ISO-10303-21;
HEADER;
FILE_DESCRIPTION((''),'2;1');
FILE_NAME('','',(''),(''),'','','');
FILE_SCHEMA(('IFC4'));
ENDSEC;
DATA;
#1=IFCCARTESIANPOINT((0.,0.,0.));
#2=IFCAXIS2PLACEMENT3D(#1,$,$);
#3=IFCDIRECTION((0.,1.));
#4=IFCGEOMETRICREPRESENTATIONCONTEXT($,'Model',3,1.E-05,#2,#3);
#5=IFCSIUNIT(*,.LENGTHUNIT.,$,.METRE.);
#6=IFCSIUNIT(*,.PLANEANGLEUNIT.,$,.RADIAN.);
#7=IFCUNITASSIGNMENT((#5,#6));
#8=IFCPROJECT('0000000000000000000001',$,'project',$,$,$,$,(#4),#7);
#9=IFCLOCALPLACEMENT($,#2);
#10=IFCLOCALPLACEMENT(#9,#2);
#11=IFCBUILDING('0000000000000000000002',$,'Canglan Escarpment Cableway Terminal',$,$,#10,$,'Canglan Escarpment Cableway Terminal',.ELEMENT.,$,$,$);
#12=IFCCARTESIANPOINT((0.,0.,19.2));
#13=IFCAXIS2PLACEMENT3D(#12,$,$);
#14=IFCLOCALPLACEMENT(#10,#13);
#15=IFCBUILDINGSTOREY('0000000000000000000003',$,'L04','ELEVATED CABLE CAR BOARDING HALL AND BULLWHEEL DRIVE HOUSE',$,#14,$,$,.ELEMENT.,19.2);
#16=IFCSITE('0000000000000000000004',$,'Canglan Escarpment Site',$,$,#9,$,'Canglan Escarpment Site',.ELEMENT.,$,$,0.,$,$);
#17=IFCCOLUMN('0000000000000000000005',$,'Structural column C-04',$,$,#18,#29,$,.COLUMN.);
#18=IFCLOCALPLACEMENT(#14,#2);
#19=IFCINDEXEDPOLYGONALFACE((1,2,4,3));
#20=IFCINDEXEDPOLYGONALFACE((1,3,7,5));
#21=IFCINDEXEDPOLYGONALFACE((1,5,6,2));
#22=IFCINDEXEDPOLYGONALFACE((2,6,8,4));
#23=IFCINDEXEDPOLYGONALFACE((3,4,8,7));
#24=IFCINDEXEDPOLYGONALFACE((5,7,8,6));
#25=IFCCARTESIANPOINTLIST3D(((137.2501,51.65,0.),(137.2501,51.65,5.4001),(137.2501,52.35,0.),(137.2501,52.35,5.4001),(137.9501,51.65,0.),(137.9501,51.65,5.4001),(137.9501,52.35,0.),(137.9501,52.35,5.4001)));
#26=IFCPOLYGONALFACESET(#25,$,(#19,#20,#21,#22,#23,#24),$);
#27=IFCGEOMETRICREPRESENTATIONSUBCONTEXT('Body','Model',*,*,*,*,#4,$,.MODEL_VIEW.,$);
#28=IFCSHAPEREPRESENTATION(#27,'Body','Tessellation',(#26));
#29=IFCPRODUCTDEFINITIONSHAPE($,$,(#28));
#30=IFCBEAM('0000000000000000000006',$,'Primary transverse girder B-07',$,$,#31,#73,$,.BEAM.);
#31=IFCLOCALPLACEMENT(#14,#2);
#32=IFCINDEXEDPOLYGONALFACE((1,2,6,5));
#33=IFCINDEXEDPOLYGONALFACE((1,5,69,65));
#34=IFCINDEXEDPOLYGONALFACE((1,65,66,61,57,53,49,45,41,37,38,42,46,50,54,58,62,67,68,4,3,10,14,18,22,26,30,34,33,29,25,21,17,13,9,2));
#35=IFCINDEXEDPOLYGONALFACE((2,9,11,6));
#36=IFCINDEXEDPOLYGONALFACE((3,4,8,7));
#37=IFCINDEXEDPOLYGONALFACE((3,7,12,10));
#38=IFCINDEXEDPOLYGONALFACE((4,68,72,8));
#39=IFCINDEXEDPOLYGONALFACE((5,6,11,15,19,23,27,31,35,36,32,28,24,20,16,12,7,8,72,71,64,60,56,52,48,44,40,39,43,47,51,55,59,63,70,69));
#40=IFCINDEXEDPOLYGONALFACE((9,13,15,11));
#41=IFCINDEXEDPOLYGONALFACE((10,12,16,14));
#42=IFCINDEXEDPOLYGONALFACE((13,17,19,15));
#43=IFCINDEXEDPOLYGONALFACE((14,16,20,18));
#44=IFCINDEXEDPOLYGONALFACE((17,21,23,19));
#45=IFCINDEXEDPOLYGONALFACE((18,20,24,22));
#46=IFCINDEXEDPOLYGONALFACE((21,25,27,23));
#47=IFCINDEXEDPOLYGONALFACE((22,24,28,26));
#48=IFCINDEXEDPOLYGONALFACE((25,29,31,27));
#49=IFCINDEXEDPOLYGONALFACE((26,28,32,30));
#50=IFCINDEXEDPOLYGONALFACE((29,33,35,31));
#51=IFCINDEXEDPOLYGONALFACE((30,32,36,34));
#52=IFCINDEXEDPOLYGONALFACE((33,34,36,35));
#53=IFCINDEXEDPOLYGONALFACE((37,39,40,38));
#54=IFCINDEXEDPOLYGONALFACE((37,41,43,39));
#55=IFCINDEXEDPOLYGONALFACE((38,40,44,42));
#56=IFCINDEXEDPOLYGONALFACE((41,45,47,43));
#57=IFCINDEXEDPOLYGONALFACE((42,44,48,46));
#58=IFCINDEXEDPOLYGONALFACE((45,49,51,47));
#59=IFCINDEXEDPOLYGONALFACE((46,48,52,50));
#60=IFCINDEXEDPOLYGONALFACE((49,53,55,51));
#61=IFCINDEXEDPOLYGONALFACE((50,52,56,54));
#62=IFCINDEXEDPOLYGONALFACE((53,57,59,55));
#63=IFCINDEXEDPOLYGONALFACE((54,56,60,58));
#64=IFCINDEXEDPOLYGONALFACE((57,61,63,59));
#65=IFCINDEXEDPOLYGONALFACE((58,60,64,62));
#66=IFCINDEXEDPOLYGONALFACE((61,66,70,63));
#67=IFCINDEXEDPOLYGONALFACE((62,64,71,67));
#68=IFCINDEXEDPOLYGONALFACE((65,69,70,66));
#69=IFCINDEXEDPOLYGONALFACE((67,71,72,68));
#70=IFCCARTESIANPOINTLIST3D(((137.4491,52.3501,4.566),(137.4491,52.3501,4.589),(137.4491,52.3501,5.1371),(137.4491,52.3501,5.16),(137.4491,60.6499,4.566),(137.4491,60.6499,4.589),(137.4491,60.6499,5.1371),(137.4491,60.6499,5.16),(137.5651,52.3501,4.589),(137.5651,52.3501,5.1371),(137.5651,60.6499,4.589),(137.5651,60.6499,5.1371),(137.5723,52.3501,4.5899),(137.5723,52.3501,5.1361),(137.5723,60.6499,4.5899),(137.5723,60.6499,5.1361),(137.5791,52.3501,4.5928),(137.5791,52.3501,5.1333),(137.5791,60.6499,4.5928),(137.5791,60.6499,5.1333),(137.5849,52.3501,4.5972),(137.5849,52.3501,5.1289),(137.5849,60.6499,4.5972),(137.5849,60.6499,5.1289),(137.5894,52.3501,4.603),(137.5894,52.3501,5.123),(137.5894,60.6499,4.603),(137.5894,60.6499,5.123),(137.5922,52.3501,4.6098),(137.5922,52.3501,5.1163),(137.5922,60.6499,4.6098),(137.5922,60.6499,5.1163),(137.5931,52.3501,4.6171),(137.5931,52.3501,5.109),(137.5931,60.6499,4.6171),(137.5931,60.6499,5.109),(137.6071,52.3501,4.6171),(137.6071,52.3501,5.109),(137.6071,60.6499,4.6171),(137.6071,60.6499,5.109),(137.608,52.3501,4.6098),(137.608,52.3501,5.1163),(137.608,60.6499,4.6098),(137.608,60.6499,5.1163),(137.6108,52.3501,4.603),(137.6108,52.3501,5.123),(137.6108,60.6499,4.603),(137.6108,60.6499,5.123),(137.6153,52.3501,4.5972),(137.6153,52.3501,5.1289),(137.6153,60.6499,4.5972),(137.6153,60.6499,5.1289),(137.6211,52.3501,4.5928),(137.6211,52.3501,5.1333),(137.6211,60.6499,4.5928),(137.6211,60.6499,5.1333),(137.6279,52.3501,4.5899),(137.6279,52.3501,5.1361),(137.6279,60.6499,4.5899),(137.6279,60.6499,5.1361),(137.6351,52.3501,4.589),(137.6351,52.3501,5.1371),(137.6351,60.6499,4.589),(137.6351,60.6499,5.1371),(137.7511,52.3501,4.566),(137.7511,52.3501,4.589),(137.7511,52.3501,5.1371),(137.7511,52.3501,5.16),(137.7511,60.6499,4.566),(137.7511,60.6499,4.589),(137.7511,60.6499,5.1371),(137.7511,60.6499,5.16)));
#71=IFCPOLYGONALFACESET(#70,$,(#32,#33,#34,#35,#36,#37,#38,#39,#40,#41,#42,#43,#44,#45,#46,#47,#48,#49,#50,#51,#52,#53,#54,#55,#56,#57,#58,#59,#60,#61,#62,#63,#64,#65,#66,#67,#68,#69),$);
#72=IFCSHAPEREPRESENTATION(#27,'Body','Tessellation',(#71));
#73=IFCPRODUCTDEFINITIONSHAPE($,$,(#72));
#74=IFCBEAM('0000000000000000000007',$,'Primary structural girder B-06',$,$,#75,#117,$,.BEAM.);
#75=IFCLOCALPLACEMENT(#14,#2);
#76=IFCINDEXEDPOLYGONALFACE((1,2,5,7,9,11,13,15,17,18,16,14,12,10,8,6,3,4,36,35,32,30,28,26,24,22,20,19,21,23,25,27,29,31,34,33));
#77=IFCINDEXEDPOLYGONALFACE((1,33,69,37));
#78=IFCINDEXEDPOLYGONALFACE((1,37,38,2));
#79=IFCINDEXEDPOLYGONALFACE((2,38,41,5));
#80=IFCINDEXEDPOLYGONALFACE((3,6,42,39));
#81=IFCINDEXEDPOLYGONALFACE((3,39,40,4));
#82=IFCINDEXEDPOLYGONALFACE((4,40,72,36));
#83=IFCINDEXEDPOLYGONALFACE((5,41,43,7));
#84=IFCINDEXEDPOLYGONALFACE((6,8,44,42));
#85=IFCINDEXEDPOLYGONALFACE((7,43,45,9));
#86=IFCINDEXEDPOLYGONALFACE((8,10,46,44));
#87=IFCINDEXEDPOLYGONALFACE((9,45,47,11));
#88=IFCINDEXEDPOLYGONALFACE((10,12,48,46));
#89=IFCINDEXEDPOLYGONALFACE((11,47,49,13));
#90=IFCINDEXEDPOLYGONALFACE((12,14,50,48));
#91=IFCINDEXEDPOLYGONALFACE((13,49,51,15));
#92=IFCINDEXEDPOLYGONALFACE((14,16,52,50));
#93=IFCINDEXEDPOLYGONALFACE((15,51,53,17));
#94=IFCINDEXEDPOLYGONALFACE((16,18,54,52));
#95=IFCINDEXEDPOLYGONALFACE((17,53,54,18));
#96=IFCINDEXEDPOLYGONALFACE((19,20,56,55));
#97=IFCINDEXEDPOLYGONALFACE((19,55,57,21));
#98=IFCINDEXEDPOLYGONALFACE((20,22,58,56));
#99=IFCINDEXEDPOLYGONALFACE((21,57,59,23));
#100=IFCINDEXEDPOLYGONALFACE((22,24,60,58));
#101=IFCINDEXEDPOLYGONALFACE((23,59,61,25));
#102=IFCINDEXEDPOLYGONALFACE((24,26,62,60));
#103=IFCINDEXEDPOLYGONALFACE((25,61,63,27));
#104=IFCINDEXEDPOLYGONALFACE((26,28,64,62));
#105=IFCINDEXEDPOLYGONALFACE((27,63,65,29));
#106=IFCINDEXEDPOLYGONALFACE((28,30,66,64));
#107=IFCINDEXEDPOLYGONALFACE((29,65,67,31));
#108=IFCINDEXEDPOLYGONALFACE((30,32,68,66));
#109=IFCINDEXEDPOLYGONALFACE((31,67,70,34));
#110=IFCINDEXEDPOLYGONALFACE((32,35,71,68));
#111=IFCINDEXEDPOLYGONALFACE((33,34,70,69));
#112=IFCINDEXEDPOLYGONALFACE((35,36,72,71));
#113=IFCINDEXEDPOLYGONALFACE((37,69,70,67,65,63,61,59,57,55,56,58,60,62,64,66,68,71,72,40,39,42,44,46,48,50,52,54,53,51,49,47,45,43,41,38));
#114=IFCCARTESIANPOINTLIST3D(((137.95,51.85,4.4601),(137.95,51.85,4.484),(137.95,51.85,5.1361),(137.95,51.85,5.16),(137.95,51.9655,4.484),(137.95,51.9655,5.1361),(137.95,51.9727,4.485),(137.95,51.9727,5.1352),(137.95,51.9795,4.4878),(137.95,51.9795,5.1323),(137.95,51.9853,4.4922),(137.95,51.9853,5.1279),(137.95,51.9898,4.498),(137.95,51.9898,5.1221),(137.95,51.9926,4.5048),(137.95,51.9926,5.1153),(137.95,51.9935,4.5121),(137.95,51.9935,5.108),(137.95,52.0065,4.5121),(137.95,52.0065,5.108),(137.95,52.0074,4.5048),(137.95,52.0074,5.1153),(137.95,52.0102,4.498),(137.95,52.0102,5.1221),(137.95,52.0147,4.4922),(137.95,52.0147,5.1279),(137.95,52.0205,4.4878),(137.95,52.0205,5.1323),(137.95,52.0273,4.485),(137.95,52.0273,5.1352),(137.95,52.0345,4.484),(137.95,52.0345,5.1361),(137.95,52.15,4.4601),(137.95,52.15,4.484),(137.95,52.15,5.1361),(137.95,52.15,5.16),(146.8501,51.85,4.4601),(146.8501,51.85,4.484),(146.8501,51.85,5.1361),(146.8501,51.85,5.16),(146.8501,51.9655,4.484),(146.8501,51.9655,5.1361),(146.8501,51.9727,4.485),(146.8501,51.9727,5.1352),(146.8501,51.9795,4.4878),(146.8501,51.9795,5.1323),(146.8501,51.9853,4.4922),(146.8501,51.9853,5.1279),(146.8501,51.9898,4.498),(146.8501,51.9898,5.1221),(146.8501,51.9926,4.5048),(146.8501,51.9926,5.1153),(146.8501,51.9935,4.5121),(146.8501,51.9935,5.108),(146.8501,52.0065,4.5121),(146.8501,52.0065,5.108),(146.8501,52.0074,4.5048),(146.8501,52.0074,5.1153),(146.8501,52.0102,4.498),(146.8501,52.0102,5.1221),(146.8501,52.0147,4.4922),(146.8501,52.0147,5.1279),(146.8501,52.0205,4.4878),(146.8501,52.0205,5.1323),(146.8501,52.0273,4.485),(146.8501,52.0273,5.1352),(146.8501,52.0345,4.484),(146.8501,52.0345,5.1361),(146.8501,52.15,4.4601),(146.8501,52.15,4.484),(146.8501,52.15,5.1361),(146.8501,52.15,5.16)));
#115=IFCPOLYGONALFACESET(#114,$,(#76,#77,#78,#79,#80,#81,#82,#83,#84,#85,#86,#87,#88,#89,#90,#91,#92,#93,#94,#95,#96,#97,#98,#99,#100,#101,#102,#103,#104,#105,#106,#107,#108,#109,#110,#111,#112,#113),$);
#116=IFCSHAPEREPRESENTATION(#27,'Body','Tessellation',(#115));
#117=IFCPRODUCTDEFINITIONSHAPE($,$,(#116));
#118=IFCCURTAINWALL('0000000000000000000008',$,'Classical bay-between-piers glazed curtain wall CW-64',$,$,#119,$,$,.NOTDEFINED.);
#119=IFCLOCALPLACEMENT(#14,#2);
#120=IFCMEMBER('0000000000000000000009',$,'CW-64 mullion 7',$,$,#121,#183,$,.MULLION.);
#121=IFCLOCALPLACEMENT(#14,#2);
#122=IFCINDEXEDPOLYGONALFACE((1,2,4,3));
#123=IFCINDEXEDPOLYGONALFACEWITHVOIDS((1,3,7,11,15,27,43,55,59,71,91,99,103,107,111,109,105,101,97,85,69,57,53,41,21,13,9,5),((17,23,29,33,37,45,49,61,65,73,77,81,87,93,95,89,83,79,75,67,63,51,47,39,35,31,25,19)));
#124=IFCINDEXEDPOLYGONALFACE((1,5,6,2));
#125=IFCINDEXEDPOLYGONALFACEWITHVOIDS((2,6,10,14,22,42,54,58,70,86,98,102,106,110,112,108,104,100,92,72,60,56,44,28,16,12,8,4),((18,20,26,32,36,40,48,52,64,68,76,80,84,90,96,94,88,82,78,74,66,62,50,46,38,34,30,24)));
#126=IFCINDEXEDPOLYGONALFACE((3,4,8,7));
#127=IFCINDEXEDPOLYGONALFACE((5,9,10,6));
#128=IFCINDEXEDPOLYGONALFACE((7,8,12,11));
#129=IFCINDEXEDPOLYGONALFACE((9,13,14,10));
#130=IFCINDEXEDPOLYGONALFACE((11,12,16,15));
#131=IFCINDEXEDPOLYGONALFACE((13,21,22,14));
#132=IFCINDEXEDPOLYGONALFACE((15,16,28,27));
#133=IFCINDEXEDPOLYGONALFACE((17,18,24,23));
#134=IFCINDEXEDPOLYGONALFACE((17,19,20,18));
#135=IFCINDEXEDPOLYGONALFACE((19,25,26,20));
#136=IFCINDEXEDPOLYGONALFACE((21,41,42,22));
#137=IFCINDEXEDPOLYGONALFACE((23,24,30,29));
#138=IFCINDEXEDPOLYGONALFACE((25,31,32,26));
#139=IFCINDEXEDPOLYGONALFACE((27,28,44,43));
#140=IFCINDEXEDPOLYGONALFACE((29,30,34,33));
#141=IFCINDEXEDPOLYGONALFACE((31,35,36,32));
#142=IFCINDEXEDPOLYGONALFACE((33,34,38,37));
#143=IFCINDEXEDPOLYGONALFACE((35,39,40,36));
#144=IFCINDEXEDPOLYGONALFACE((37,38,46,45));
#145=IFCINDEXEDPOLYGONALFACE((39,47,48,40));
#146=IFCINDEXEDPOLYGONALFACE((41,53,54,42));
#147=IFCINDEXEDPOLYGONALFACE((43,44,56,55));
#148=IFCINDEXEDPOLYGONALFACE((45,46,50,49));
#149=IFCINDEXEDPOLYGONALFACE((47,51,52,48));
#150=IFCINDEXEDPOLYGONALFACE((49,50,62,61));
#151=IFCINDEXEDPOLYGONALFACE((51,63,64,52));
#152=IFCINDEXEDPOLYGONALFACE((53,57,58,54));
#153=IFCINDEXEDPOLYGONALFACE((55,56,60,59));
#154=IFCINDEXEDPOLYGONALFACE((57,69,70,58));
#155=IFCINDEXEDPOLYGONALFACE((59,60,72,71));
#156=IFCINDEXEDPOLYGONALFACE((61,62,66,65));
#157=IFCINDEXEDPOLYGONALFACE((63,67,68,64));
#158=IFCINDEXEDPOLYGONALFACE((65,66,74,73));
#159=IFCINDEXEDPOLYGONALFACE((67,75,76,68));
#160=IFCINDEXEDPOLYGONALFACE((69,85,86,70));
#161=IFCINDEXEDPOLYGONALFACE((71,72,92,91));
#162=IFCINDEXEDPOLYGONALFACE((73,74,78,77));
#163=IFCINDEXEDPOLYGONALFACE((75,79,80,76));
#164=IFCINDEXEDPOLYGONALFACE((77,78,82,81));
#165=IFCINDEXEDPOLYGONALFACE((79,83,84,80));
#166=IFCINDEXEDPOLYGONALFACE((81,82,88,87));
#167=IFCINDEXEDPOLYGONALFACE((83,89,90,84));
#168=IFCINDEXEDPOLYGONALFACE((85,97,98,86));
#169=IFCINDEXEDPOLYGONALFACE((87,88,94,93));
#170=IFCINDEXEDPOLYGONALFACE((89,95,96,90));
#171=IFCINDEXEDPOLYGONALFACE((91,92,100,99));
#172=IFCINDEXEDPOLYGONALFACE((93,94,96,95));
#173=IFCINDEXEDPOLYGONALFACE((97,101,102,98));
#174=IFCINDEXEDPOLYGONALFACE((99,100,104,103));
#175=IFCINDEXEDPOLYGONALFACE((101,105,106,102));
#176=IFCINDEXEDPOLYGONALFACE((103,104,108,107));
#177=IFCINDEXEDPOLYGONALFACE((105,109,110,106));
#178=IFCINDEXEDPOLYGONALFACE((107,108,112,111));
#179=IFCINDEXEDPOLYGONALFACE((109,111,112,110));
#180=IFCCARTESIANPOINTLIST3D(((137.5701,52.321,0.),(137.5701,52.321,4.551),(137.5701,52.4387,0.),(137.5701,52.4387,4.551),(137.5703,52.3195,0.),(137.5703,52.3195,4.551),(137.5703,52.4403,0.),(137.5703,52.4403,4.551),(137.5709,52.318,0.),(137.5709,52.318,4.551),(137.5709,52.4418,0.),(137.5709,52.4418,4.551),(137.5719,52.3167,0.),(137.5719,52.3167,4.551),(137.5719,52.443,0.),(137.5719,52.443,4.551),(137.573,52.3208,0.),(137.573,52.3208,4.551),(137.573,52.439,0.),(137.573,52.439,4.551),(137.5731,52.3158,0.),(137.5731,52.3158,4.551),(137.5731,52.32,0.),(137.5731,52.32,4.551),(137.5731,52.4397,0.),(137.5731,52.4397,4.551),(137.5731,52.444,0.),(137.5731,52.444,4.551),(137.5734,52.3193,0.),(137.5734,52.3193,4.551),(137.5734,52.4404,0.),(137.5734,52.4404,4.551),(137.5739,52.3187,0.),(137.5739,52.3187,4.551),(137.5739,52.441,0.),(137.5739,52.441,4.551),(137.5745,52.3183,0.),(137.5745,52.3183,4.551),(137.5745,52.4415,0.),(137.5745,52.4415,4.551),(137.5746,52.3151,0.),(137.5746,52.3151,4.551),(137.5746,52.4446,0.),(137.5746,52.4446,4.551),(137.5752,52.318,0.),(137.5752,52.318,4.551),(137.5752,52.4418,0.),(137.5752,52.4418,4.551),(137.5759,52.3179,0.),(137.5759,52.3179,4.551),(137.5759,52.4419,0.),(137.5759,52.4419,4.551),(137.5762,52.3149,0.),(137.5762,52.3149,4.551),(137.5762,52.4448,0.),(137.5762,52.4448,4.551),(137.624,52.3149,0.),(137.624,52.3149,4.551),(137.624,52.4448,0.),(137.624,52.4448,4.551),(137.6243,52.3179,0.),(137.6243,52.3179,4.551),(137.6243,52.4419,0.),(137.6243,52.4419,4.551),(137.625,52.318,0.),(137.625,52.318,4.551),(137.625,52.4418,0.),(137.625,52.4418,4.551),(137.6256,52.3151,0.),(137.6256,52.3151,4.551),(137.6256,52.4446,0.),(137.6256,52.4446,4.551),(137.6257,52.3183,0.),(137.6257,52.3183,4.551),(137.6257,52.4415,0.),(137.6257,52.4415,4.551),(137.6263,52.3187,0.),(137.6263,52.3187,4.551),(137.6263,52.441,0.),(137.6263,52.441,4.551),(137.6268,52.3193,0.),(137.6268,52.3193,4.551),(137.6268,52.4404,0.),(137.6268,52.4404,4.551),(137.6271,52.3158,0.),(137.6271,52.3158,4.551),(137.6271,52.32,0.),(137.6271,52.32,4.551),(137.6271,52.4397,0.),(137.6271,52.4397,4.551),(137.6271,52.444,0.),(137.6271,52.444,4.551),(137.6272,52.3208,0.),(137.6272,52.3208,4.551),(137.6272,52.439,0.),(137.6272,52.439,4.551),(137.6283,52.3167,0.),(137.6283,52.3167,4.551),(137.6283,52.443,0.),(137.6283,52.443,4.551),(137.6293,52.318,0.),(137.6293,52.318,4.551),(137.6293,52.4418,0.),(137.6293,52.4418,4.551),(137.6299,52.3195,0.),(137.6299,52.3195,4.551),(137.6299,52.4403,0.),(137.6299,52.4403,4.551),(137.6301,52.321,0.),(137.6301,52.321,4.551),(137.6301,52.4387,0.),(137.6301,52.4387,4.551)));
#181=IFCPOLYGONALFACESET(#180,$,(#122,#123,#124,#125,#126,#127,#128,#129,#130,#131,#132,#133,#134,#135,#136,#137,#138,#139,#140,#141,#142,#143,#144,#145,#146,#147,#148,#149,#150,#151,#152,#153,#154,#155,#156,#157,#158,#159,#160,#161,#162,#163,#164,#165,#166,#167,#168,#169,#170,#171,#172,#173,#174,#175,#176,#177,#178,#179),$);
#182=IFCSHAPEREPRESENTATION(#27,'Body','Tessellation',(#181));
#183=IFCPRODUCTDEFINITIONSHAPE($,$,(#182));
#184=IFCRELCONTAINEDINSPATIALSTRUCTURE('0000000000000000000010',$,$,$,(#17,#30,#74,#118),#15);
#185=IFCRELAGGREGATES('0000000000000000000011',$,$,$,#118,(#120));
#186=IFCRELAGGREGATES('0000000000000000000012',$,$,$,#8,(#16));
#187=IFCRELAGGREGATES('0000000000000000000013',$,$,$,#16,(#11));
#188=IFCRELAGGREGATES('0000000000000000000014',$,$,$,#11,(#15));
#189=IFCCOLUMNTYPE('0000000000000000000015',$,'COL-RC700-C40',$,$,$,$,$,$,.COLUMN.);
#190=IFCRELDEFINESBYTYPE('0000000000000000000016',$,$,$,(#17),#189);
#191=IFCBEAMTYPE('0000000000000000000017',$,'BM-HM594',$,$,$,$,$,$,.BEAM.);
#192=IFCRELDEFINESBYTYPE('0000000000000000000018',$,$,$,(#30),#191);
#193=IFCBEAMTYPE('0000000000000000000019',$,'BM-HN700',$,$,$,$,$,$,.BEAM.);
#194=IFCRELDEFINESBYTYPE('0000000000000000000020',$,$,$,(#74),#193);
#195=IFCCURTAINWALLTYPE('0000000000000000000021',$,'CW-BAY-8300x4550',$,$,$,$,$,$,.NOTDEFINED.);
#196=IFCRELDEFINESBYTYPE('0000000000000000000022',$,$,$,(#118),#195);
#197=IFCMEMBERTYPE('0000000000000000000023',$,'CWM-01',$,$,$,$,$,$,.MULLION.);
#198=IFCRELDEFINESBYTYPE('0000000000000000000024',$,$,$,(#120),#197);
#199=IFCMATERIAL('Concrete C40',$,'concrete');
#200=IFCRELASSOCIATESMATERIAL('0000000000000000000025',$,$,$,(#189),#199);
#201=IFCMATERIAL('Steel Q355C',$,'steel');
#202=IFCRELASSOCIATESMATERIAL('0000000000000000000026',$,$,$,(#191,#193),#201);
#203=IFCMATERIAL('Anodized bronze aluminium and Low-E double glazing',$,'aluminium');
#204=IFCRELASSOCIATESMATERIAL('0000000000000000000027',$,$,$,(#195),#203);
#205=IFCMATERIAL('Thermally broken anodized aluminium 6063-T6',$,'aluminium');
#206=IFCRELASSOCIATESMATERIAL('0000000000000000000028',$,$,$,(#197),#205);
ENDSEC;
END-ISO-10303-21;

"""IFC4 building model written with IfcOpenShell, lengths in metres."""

from ifc_helpers import new_model, si_unit, direction, frame, origin, origin_2d, place, context, subcontext, project, spatial, rectangle, hollow_rectangle, i_section, extrude, material, material_profile, profile_set, type_object, element, aggregate, save


model = new_model("IFC4")

# Units and contexts
model_context = context("Model", 3, precision=1e-05, world=origin(), true_north=direction((0.0, 1.0)))
body_context = subcontext(model_context, "Body", "Model", "MODEL_VIEW")
ifc_project = project(units=[si_unit("LENGTHUNIT", "METRE"), si_unit("PLANEANGLEUNIT", "RADIAN")], contexts=[model_context])

# Site, building, storey
site_placement = place(None, origin())
site = spatial("IfcSite", under=ifc_project, at=site_placement, Name="Canglan Escarpment Site", LongName="Canglan Escarpment Site", CompositionType="ELEMENT", RefElevation=0.0)
building_placement = place(site_placement, origin())
building = spatial("IfcBuilding", under=site, at=building_placement, Name="Canglan Escarpment Cableway Terminal", LongName="Canglan Escarpment Cableway Terminal", CompositionType="ELEMENT")
storey_placement = place(building_placement, frame((0.0, 0.0, 19.2)))
storey = spatial("IfcBuildingStorey", under=building, at=storey_placement, Name="L04", Description="ELEVATED CABLE CAR BOARDING HALL AND BULLWHEEL DRIVE HOUSE", CompositionType="ELEMENT", Elevation=19.2)

# Column
ifc_material_1 = material(Name="Concrete C40", Category="concrete")
ifc_material_profile_1 = material_profile(ifc_material_1, rectangle(XDim=0.7, YDim=0.7, at=origin_2d()), Name="RC 700x700")
ifc_profile_set_1 = profile_set([ifc_material_profile_1], Name="Concrete C40")
column_type = type_object("IfcColumnType", Name="COL-RC700-C40", PredefinedType="COLUMN", material=ifc_profile_set_1)
column_placement = place(storey_placement, frame((137.6001, 52.0, 0.0), z_axis=(0.0, 0.0, 1.0), x_axis=(1.0, 0.0, 0.0)))
element("IfcColumn", 1, at=column_placement, inside=storey, type_object=column_type, Name="Structural column C-04", PredefinedType="COLUMN", context=body_context, shape_type="SweptSolid", body=[
    extrude(rectangle(XDim=0.7, YDim=0.7, at=origin_2d()), origin(), (0.0, 0.0, 1.0), 5.4001),
])

# Beams
ifc_material_2 = material(Name="Steel Q355C", Category="steel")
ifc_material_profile_2 = material_profile(ifc_material_2, i_section(OverallWidth=0.302, OverallDepth=0.594, WebThickness=0.0139, FlangeThickness=0.0229, FilletRadius=0.0281, at=origin_2d()), Name="HM 594x302x14x23")
ifc_profile_set_2 = profile_set([ifc_material_profile_2], Name="Steel Q355C")
beam_type_1 = type_object("IfcBeamType", Name="BM-HM594", PredefinedType="BEAM", material=ifc_profile_set_2)
beam_1_placement = place(storey_placement, frame((137.6001, 52.3501, 4.863), z_axis=(0.0, 1.0, 0.0), x_axis=(-1.0, 0.0, 0.0)))
element("IfcBeam", 2, at=beam_1_placement, inside=storey, type_object=beam_type_1, Name="Primary transverse girder B-07", PredefinedType="BEAM", context=body_context, shape_type="SweptSolid", body=[
    extrude(i_section(OverallWidth=0.302, OverallDepth=0.594, WebThickness=0.0139, FlangeThickness=0.0229, FilletRadius=0.0281, at=origin_2d()), origin(), (0.0, 0.0, 1.0), 8.2998),
])
ifc_material_profile_3 = material_profile(ifc_material_2, i_section(OverallWidth=0.3, OverallDepth=0.7, WebThickness=0.0129, FlangeThickness=0.0239, FilletRadius=0.0281, at=origin_2d()), Name="HN 700x300x13x24")
ifc_profile_set_3 = profile_set([ifc_material_profile_3], Name="Steel Q355C")
beam_type_2 = type_object("IfcBeamType", Name="BM-HN700", PredefinedType="BEAM", material=ifc_profile_set_3)
beam_2_placement = place(storey_placement, frame((137.95, 52.0, 4.8101), z_axis=(1.0, 0.0, 0.0), x_axis=(0.0, 1.0, 0.0)))
element("IfcBeam", 3, at=beam_2_placement, inside=storey, type_object=beam_type_2, Name="Primary structural girder B-06", PredefinedType="BEAM", context=body_context, shape_type="SweptSolid", body=[
    extrude(i_section(OverallWidth=0.3, OverallDepth=0.7, WebThickness=0.0129, FlangeThickness=0.0239, FilletRadius=0.0281, at=origin_2d()), origin(), (0.0, 0.0, 1.0), 8.9001),
])

# Curtain wall, member
ifc_material_3 = material(Name="Anodized bronze aluminium and Low-E double glazing", Category="aluminium")
curtain_wall_type = type_object("IfcCurtainWallType", Name="CW-BAY-8300x4550", PredefinedType="NOTDEFINED", material=ifc_material_3)
curtain_wall_1_placement = place(storey_placement, origin())
curtain_wall_1 = element("IfcCurtainWall", 4, at=curtain_wall_1_placement, inside=storey, type_object=curtain_wall_type, Name="Classical bay-between-piers glazed curtain wall CW-64", PredefinedType="NOTDEFINED")
ifc_material_4 = material(Name="Thermally broken anodized aluminium 6063-T6", Category="aluminium")
ifc_material_profile_4 = material_profile(ifc_material_4, hollow_rectangle(XDim=0.0601, YDim=0.1299, WallThickness=0.0029, InnerFilletRadius=0.0029, OuterFilletRadius=0.0061, at=origin_2d()), Name="ALU-MULL 60x130x3")
ifc_profile_set_4 = profile_set([ifc_material_profile_4], Name="Thermally broken anodized aluminium 6063-T6")
member_type_1 = type_object("IfcMemberType", Name="CWM-01", PredefinedType="MULLION", material=ifc_profile_set_4)
member_1_placement = place(storey_placement, frame((137.6001, 52.3799, 0.0), z_axis=(0.0, 0.0, 1.0), x_axis=(1.0, 0.0, 0.0)))
member_1 = element("IfcMember", 5, at=member_1_placement, type_object=member_type_1, Name="CW-64 mullion 7", PredefinedType="MULLION", context=body_context, shape_type="SweptSolid", body=[
    extrude(hollow_rectangle(XDim=0.0601, YDim=0.1299, WallThickness=0.0029, InnerFilletRadius=0.0029, OuterFilletRadius=0.0061, at=origin_2d()), origin(), (0.0, 0.0, 1.0), 4.551),
])

aggregate(curtain_wall_1, [member_1])

save(model, "model.ifc")
